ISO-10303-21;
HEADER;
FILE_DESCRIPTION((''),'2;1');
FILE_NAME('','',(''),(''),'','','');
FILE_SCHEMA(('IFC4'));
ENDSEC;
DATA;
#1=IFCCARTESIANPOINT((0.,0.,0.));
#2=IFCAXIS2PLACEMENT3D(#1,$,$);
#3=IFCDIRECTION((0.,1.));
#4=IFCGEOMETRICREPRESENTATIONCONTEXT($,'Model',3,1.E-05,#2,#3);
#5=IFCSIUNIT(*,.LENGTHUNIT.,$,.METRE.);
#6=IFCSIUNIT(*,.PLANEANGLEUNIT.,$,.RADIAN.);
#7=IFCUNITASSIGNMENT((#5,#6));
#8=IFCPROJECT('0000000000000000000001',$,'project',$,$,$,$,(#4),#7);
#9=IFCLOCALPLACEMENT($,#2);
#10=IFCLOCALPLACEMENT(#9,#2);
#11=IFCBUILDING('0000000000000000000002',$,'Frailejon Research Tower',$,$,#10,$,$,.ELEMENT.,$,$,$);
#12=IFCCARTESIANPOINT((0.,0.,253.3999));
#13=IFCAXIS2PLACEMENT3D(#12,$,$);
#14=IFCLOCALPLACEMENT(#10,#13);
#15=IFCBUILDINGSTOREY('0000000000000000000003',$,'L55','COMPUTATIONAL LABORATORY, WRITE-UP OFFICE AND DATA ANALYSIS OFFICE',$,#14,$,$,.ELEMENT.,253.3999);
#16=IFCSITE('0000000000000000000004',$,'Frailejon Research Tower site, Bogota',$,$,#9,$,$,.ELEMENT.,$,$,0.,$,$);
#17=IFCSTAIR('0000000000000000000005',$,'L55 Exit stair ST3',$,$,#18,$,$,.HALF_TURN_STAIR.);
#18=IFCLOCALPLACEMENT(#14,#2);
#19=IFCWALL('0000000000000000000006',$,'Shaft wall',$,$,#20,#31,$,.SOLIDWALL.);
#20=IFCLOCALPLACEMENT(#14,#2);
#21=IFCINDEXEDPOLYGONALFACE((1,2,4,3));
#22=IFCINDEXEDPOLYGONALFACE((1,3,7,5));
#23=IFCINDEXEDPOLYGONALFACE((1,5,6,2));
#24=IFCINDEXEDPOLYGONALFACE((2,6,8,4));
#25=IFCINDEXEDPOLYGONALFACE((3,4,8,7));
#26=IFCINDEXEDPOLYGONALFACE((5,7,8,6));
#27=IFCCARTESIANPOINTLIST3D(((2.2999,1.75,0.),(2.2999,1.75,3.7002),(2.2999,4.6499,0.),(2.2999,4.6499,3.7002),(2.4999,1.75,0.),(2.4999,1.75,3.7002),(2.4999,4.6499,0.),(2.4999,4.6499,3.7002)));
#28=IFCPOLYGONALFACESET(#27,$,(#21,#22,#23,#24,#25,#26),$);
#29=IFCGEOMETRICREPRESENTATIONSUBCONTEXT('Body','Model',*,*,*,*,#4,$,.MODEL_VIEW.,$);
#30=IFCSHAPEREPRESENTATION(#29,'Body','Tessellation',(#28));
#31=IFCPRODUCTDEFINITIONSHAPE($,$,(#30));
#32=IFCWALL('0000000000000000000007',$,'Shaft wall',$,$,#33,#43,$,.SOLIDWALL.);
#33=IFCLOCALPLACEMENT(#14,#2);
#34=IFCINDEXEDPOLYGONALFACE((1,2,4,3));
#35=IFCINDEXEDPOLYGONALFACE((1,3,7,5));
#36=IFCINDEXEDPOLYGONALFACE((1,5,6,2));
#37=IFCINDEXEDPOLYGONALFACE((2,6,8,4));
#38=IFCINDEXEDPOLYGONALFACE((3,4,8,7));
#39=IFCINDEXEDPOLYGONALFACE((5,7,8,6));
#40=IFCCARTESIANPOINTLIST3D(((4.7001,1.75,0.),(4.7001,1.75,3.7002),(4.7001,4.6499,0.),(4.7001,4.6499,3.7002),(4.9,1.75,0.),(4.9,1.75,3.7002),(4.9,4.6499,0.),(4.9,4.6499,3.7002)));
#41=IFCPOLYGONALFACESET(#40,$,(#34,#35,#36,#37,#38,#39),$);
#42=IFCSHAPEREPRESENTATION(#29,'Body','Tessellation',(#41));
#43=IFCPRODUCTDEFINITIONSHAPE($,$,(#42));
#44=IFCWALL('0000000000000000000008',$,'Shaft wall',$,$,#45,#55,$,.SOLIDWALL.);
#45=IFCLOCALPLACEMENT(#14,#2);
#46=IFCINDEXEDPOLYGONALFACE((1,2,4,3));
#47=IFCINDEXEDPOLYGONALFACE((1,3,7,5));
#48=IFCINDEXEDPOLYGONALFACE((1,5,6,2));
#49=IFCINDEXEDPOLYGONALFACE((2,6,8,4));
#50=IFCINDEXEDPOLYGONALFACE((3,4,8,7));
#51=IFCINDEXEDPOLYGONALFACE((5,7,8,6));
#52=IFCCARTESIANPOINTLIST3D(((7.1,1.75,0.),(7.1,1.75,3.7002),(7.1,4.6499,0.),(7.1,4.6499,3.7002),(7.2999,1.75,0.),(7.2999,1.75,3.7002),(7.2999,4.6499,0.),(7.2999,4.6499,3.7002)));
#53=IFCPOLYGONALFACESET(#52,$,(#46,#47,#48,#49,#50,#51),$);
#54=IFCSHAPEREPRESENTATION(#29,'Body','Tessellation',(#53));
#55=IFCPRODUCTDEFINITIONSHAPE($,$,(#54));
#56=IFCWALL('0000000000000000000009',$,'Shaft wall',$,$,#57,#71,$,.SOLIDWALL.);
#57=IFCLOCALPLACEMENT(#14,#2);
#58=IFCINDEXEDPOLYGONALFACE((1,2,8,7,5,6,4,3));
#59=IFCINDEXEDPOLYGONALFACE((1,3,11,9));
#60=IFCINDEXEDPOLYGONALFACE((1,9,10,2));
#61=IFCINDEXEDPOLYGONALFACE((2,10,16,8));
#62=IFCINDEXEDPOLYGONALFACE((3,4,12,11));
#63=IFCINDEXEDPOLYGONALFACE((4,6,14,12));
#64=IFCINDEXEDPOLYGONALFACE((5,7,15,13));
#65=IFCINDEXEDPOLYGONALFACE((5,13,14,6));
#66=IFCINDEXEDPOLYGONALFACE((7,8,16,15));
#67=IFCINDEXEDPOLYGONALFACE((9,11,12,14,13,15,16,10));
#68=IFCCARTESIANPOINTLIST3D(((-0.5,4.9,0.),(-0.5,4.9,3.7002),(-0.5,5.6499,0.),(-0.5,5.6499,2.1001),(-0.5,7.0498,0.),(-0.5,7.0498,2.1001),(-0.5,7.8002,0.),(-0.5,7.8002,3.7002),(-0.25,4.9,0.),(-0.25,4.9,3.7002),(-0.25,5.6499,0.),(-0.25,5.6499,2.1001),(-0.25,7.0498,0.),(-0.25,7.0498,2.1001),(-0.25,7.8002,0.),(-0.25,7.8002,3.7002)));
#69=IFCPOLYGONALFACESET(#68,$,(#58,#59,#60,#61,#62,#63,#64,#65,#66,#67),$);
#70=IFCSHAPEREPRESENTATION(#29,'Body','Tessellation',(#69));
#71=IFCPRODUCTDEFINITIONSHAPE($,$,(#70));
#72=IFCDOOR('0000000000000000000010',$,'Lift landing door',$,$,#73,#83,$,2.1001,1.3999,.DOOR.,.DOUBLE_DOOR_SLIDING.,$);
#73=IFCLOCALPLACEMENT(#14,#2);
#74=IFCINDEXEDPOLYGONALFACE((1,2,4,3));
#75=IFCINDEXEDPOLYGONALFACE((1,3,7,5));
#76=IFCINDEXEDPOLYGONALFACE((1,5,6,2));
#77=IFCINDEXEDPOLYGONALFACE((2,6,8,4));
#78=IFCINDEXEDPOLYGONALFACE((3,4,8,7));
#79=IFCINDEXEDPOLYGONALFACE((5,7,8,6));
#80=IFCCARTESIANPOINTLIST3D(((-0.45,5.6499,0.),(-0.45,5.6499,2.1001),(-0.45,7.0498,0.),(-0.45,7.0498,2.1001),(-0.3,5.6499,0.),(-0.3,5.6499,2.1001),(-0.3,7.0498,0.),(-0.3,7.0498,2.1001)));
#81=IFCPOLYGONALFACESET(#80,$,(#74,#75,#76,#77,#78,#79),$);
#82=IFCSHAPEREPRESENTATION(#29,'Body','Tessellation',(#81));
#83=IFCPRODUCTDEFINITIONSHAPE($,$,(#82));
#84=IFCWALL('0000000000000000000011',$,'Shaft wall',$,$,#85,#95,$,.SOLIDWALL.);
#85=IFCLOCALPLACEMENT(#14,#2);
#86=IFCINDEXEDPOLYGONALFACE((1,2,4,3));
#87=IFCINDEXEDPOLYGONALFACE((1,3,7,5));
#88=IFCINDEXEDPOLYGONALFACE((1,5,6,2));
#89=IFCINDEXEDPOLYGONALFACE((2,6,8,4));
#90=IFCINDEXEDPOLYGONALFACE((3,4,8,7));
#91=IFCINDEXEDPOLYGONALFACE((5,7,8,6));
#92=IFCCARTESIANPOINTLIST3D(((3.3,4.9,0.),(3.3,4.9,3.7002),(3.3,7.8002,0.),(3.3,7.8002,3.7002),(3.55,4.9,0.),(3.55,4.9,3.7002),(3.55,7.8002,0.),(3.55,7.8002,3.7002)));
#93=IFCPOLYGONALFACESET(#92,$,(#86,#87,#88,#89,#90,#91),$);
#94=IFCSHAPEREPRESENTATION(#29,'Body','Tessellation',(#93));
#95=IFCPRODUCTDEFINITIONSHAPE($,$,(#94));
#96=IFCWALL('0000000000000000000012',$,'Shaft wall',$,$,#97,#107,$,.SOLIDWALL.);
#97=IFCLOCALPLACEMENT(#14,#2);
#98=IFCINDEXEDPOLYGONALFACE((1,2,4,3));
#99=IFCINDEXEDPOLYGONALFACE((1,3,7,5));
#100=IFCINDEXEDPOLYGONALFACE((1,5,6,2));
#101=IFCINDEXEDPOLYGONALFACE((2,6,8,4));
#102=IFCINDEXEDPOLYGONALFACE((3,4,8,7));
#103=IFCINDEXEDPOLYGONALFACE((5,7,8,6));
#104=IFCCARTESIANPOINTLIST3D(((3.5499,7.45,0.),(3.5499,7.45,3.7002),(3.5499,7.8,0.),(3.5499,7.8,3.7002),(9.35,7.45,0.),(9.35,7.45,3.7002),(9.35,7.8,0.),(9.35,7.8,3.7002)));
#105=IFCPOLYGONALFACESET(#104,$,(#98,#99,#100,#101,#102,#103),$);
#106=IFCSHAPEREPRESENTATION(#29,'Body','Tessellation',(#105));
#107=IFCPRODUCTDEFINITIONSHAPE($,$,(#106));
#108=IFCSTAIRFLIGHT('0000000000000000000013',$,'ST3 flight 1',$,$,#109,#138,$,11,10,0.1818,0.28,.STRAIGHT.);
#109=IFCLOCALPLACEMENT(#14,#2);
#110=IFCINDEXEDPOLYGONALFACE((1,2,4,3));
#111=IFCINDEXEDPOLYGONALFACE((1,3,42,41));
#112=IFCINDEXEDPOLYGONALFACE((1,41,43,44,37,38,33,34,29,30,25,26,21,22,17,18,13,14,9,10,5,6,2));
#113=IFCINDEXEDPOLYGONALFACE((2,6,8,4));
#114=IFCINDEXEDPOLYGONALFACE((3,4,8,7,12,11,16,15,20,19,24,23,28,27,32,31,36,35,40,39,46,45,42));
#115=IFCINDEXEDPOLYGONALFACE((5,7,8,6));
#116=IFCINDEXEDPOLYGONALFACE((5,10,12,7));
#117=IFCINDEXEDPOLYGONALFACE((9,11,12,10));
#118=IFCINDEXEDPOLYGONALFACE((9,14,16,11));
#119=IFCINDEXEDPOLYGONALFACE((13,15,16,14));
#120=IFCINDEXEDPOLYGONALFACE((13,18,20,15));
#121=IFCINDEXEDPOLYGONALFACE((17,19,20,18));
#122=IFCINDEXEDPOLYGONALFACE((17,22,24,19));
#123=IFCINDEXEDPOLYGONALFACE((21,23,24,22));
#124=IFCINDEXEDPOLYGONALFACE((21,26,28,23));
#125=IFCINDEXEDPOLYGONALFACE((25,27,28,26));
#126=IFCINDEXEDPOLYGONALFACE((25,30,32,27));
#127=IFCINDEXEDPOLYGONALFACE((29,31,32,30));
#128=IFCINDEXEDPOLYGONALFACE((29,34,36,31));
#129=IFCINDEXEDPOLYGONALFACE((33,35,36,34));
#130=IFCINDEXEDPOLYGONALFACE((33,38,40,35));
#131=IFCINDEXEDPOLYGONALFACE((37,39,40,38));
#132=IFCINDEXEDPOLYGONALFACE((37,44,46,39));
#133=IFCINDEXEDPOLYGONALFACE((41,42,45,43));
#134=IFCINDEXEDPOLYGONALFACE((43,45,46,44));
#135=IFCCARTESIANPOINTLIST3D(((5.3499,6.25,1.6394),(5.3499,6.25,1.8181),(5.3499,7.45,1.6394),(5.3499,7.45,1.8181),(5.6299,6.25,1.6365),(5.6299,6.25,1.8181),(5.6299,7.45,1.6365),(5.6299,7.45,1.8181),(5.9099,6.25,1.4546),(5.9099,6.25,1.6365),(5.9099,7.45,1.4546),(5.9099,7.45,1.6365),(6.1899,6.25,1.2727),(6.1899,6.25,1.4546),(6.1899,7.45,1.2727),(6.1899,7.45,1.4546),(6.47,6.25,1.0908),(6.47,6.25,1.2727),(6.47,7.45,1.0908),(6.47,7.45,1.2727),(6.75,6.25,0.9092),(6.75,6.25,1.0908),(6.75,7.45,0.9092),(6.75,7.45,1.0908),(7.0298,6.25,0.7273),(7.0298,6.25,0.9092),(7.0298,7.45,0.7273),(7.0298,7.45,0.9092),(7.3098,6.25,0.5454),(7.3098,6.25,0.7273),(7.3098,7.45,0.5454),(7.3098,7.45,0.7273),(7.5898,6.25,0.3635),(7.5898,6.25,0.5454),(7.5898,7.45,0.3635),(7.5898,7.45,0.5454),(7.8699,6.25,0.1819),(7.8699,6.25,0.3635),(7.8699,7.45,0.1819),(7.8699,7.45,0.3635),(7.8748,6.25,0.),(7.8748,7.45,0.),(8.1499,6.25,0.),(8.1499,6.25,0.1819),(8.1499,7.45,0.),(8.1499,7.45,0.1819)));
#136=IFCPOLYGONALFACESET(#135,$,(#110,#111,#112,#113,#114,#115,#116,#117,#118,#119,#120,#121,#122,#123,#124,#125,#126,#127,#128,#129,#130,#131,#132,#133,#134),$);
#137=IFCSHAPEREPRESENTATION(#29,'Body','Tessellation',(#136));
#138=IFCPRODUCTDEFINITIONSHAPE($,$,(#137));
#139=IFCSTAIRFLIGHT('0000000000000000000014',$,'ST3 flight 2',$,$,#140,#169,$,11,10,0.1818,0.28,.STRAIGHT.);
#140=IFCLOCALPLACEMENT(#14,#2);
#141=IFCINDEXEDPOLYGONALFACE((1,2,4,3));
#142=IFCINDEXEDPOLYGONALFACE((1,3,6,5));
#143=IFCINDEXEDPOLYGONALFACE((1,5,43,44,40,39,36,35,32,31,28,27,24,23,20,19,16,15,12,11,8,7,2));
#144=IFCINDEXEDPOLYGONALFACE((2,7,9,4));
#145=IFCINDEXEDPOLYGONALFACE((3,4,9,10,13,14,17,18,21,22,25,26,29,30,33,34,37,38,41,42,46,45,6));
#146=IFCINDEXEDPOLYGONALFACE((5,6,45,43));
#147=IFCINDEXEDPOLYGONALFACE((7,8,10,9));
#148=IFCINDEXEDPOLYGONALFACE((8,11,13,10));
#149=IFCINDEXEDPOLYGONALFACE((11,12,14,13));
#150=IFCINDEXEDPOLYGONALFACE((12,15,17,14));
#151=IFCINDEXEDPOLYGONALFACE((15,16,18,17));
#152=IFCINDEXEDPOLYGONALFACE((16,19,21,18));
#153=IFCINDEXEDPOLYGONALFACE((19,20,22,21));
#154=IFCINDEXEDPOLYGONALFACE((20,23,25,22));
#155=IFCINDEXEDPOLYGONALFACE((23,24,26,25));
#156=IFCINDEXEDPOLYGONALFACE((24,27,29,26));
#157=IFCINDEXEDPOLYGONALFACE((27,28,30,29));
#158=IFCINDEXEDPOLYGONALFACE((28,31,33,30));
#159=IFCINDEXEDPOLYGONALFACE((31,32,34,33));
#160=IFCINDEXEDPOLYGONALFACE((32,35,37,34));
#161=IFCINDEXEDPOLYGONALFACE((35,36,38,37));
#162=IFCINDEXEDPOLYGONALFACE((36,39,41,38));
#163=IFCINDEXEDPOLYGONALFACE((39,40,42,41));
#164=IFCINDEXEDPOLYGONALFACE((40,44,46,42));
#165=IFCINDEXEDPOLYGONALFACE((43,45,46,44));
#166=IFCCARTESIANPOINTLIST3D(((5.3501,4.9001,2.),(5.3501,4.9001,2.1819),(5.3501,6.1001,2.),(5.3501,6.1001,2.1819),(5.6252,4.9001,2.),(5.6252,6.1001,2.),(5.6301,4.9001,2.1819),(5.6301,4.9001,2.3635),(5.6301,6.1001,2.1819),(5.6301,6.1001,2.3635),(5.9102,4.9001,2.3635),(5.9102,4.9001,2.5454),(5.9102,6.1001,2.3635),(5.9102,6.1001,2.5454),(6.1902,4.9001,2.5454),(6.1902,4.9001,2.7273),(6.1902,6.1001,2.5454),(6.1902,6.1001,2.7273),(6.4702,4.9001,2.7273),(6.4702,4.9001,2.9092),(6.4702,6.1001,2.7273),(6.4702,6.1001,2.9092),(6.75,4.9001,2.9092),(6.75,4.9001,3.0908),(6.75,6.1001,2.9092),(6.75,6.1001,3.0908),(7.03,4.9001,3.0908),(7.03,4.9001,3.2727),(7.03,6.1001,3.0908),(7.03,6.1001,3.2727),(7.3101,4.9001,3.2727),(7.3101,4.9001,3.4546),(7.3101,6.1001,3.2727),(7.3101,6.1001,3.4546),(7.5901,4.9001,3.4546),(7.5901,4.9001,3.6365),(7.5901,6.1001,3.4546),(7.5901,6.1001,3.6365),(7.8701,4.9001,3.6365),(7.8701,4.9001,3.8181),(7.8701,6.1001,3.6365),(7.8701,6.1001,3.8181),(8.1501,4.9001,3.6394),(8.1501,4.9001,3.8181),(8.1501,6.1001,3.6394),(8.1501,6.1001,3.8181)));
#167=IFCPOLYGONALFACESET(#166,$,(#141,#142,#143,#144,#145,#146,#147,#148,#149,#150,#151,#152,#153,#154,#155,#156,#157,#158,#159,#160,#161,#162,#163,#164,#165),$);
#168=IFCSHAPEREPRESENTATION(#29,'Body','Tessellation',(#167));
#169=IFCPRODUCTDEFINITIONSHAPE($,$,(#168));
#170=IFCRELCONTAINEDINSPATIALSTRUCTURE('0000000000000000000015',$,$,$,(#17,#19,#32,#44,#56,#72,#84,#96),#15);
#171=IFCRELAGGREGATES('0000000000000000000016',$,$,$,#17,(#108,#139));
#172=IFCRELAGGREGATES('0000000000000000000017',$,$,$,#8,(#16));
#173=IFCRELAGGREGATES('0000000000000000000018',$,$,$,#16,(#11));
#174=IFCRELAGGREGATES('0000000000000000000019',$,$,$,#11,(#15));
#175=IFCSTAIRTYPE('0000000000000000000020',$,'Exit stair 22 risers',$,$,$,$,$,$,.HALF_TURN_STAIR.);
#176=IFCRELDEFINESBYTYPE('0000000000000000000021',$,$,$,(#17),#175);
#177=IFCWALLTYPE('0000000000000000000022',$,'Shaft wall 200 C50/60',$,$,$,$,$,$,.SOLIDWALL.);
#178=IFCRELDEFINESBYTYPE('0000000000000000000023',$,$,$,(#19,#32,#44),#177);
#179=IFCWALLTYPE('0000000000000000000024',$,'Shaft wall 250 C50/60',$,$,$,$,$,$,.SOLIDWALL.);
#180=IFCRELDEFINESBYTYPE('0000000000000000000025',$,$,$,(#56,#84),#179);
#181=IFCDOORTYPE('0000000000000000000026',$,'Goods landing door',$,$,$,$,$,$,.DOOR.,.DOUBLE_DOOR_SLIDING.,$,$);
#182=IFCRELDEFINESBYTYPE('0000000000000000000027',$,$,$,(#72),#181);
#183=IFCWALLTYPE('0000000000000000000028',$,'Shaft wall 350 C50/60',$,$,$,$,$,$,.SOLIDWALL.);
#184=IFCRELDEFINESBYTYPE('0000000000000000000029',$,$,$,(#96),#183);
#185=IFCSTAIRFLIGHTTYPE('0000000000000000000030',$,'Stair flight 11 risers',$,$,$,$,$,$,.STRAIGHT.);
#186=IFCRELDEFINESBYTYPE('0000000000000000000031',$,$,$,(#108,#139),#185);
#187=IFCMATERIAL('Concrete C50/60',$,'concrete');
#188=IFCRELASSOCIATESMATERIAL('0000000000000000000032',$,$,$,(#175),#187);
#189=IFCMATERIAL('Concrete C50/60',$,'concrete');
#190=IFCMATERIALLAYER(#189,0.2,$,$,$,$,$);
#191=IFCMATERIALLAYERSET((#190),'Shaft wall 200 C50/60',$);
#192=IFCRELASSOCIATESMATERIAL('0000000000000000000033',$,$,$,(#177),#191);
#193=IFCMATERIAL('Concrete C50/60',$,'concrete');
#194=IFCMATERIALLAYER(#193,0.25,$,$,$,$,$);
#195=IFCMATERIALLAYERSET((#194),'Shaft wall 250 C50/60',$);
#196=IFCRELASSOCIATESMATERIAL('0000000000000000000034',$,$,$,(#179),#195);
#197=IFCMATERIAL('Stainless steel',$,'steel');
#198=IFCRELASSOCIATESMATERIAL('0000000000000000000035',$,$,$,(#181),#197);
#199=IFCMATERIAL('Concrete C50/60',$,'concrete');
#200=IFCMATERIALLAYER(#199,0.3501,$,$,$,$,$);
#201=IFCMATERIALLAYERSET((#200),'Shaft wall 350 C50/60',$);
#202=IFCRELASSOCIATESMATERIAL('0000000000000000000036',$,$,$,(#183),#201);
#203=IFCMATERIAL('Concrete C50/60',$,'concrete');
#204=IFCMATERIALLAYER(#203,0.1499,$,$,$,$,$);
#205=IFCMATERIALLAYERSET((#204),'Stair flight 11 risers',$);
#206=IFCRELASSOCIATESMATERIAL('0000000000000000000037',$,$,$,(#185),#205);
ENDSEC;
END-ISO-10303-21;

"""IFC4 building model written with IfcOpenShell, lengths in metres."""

from ifc_helpers import new_model, si_unit, direction, frame, frame_2d, origin, place, context, subcontext, project, spatial, polyline, rectangle, outline, extrude, material, layer, layer_set, type_object, element, fill, aggregate, save


model = new_model("IFC4")

# Units and contexts
model_context = context("Model", 3, precision=1e-05, world=origin(), true_north=direction((0.0, 1.0)))
body_context = subcontext(model_context, "Body", "Model", "MODEL_VIEW")
ifc_project = project(units=[si_unit("LENGTHUNIT", "METRE"), si_unit("PLANEANGLEUNIT", "RADIAN")], contexts=[model_context])

# Site, building, storey
site_placement = place(None, origin())
site = spatial("IfcSite", under=ifc_project, at=site_placement, Name="Frailejon Research Tower site, Bogota", CompositionType="ELEMENT", RefElevation=0.0)
building_placement = place(site_placement, origin())
building = spatial("IfcBuilding", under=site, at=building_placement, Name="Frailejon Research Tower", CompositionType="ELEMENT")
storey_placement = place(building_placement, frame((0.0, 0.0, 253.3999)))
storey = spatial("IfcBuildingStorey", under=building, at=storey_placement, Name="L55", Description="COMPUTATIONAL LABORATORY, WRITE-UP OFFICE AND DATA ANALYSIS OFFICE", CompositionType="ELEMENT", Elevation=253.3999)

# Stair
ifc_material_1 = material(Name="Concrete C50/60", Category="concrete")
stair_type = type_object("IfcStairType", Name="Exit stair 22 risers", PredefinedType="HALF_TURN_STAIR", material=ifc_material_1)
stair_placement = place(storey_placement, origin())
stair = element("IfcStair", 1, at=stair_placement, inside=storey, type_object=stair_type, Name="L55 Exit stair ST3", PredefinedType="HALF_TURN_STAIR")

# Walls
ifc_material_2 = material(Name="Concrete C50/60", Category="concrete")
ifc_layer_1 = layer(ifc_material_2, 0.2)
ifc_layer_set_1 = layer_set([ifc_layer_1], Name="Shaft wall 200 C50/60")
wall_type_1 = type_object("IfcWallType", Name="Shaft wall 200 C50/60", PredefinedType="SOLIDWALL", material=ifc_layer_set_1)
for number, where, z_axis, x_axis, name in (
    (2, (2.3999, 1.75, 0.0), (0.0, 0.0, 1.0), (0.0, 1.0, 0.0), "Shaft wall"),
    (3, (4.8, 1.75, 0.0), (0.0, 0.0, 1.0), (0.0, 1.0, 0.0), "Shaft wall"),
    (4, (7.2, 1.75, 0.0), (0.0, 0.0, 1.0), (0.0, 1.0, 0.0), "Shaft wall"),
):
    element("IfcWall", number, at=place(storey_placement, frame(where, z_axis=z_axis, x_axis=x_axis)), inside=storey, type_object=wall_type_1, Name=name, PredefinedType="SOLIDWALL", context=body_context, shape_type="SweptSolid", body=[
        extrude(rectangle(XDim=2.8999, YDim=0.2, at=frame_2d((1.45, 0.0))), origin(), (0.0, 0.0, 1.0), 3.7002),
    ])

# Wall, opening, door
ifc_material_3 = material(Name="Concrete C50/60", Category="concrete")
ifc_layer_2 = layer(ifc_material_3, 0.25)
ifc_layer_set_2 = layer_set([ifc_layer_2], Name="Shaft wall 250 C50/60")
wall_type_2 = type_object("IfcWallType", Name="Shaft wall 250 C50/60", PredefinedType="SOLIDWALL", material=ifc_layer_set_2)
wall_1_placement = place(storey_placement, frame((-0.375, 4.8999, 0.0), z_axis=(0.0, 0.0, 1.0), x_axis=(0.0, 1.0, 0.0)))
wall_1 = element("IfcWall", 5, at=wall_1_placement, inside=storey, type_object=wall_type_2, Name="Shaft wall", PredefinedType="SOLIDWALL", context=body_context, shape_type="SweptSolid", body=[
    extrude(rectangle(XDim=2.9001, YDim=0.25, at=frame_2d((1.4502, 0.0))), origin(), (0.0, 0.0, 1.0), 3.7002),
])
opening_1_placement = place(wall_1_placement, frame((0.75, 0.0, 0.0)))
opening_1 = element("IfcOpeningElement", 6, at=opening_1_placement, cuts=wall_1, PredefinedType="OPENING", context=body_context, shape_type="SweptSolid", body=[
    extrude(rectangle(XDim=1.3999, YDim=2.1001, at=frame_2d((0.7, 1.05))), frame((0.0, 0.135, 0.0), z_axis=(0.0, -1.0, 0.0), x_axis=(1.0, 0.0, 0.0)), (0.0, 0.0, 1.0), 0.27),
])
ifc_material_4 = material(Name="Stainless steel", Category="steel")
door_type_1 = type_object("IfcDoorType", Name="Goods landing door", OperationType="DOUBLE_DOOR_SLIDING", PredefinedType="DOOR", material=ifc_material_4)
door_1_placement = place(opening_1_placement, origin())
door_1 = element("IfcDoor", 7, at=door_1_placement, inside=storey, type_object=door_type_1, Name="Lift landing door", OperationType="DOUBLE_DOOR_SLIDING", OverallHeight=2.1001, OverallWidth=1.3999, PredefinedType="DOOR", context=body_context, shape_type="SweptSolid", body=[
    extrude(rectangle(XDim=1.3999, YDim=2.1001, at=frame_2d((0.7, 1.05))), frame((0.0, 0.075, 0.0), z_axis=(0.0, -1.0, 0.0), x_axis=(1.0, 0.0, 0.0)), (0.0, 0.0, 1.0), 0.1499),
])
fill(opening_1, door_1)

# Walls
wall_2_placement = place(storey_placement, frame((3.425, 4.8999, 0.0), z_axis=(0.0, 0.0, 1.0), x_axis=(0.0, 1.0, 0.0)))
element("IfcWall", 8, at=wall_2_placement, inside=storey, type_object=wall_type_2, Name="Shaft wall", PredefinedType="SOLIDWALL", context=body_context, shape_type="SweptSolid", body=[
    extrude(rectangle(XDim=2.9001, YDim=0.25, at=frame_2d((1.4502, 0.0))), origin(), (0.0, 0.0, 1.0), 3.7002),
])
ifc_material_5 = material(Name="Concrete C50/60", Category="concrete")
ifc_layer_3 = layer(ifc_material_5, 0.3501)
ifc_layer_set_3 = layer_set([ifc_layer_3], Name="Shaft wall 350 C50/60")
wall_type_3 = type_object("IfcWallType", Name="Shaft wall 350 C50/60", PredefinedType="SOLIDWALL", material=ifc_layer_set_3)
wall_3_placement = place(storey_placement, frame((3.55, 7.625, 0.0), z_axis=(0.0, 0.0, 1.0), x_axis=(1.0, 0.0, 0.0)))
element("IfcWall", 9, at=wall_3_placement, inside=storey, type_object=wall_type_3, Name="Shaft wall", PredefinedType="SOLIDWALL", context=body_context, shape_type="SweptSolid", body=[
    extrude(rectangle(XDim=5.8, YDim=0.3501, at=frame_2d((2.8999, 0.0))), origin(), (0.0, 0.0, 1.0), 3.7002),
])

# Stair flights
ifc_material_6 = material(Name="Concrete C50/60", Category="concrete")
ifc_layer_4 = layer(ifc_material_6, 0.1499)
ifc_layer_set_4 = layer_set([ifc_layer_4], Name="Stair flight 11 risers")
stair_flight_type = type_object("IfcStairFlightType", Name="Stair flight 11 risers", PredefinedType="STRAIGHT", material=ifc_layer_set_4)
stair_flight_1_placement = place(storey_placement, frame((8.1499, 6.8501, 0.0), z_axis=(0.0, 0.0, 1.0), x_axis=(-1.0, 0.0, 0.0)))
stair_flight_1 = element("IfcStairFlight", 10, at=stair_flight_1_placement, type_object=stair_flight_type, Name="ST3 flight 1", NumberOfRisers=11, NumberOfTreads=10, PredefinedType="STRAIGHT", RiserHeight=0.1818, TreadLength=0.28, context=body_context, shape_type="SweptSolid", body=[
    extrude(outline(polyline([(0.0, 0.0), (0.0, 0.1819), (0.28, 0.1819), (0.28, 0.3635), (0.5601, 0.3635), (0.5601, 0.5454), (0.8401, 0.5454), (0.8401, 0.7273), (1.1201, 0.7273), (1.1201, 0.9092), (1.3999, 0.9092), (1.3999, 1.0908), (1.6799, 1.0908), (1.6799, 1.2727), (1.96, 1.2727), (1.96, 1.4546), (2.24, 1.4546), (2.24, 1.6365), (2.52, 1.6365), (2.52, 1.8181), (2.8, 1.8181), (2.8, 2.0), (2.8, 1.6394), (0.2751, 0.0), (0.0, 0.0)])), frame((0.0, 0.6001, 0.0), z_axis=(0.0, -1.0, 0.0), x_axis=(1.0, 0.0, 0.0)), (0.0, 0.0, 1.0), 1.2),
])
stair_flight_2_placement = place(storey_placement, frame((5.3501, 5.5, 2.0), z_axis=(0.0, 0.0, 1.0), x_axis=(1.0, 0.0, 0.0)))
stair_flight_2 = element("IfcStairFlight", 11, at=stair_flight_2_placement, type_object=stair_flight_type, Name="ST3 flight 2", NumberOfRisers=11, NumberOfTreads=10, PredefinedType="STRAIGHT", RiserHeight=0.1818, TreadLength=0.28, context=body_context, shape_type="SweptSolid", body=[
    extrude(outline(polyline([(0.0, 0.0), (0.0, 0.1819), (0.28, 0.1819), (0.28, 0.3635), (0.5601, 0.3635), (0.5601, 0.5454), (0.8401, 0.5454), (0.8401, 0.7273), (1.1201, 0.7273), (1.1201, 0.9092), (1.3999, 0.9092), (1.3999, 1.0908), (1.6799, 1.0908), (1.6799, 1.2727), (1.96, 1.2727), (1.96, 1.4546), (2.24, 1.4546), (2.24, 1.6365), (2.52, 1.6365), (2.52, 1.8181), (2.8, 1.8181), (2.8, 2.0), (2.8, 1.6394), (0.2751, 0.0), (0.0, 0.0)])), frame((0.0, 0.6001, 0.0), z_axis=(0.0, -1.0, 0.0), x_axis=(1.0, 0.0, 0.0)), (0.0, 0.0, 1.0), 1.2),
])
aggregate(stair, [stair_flight_1, stair_flight_2])

save(model, "model.ifc")
